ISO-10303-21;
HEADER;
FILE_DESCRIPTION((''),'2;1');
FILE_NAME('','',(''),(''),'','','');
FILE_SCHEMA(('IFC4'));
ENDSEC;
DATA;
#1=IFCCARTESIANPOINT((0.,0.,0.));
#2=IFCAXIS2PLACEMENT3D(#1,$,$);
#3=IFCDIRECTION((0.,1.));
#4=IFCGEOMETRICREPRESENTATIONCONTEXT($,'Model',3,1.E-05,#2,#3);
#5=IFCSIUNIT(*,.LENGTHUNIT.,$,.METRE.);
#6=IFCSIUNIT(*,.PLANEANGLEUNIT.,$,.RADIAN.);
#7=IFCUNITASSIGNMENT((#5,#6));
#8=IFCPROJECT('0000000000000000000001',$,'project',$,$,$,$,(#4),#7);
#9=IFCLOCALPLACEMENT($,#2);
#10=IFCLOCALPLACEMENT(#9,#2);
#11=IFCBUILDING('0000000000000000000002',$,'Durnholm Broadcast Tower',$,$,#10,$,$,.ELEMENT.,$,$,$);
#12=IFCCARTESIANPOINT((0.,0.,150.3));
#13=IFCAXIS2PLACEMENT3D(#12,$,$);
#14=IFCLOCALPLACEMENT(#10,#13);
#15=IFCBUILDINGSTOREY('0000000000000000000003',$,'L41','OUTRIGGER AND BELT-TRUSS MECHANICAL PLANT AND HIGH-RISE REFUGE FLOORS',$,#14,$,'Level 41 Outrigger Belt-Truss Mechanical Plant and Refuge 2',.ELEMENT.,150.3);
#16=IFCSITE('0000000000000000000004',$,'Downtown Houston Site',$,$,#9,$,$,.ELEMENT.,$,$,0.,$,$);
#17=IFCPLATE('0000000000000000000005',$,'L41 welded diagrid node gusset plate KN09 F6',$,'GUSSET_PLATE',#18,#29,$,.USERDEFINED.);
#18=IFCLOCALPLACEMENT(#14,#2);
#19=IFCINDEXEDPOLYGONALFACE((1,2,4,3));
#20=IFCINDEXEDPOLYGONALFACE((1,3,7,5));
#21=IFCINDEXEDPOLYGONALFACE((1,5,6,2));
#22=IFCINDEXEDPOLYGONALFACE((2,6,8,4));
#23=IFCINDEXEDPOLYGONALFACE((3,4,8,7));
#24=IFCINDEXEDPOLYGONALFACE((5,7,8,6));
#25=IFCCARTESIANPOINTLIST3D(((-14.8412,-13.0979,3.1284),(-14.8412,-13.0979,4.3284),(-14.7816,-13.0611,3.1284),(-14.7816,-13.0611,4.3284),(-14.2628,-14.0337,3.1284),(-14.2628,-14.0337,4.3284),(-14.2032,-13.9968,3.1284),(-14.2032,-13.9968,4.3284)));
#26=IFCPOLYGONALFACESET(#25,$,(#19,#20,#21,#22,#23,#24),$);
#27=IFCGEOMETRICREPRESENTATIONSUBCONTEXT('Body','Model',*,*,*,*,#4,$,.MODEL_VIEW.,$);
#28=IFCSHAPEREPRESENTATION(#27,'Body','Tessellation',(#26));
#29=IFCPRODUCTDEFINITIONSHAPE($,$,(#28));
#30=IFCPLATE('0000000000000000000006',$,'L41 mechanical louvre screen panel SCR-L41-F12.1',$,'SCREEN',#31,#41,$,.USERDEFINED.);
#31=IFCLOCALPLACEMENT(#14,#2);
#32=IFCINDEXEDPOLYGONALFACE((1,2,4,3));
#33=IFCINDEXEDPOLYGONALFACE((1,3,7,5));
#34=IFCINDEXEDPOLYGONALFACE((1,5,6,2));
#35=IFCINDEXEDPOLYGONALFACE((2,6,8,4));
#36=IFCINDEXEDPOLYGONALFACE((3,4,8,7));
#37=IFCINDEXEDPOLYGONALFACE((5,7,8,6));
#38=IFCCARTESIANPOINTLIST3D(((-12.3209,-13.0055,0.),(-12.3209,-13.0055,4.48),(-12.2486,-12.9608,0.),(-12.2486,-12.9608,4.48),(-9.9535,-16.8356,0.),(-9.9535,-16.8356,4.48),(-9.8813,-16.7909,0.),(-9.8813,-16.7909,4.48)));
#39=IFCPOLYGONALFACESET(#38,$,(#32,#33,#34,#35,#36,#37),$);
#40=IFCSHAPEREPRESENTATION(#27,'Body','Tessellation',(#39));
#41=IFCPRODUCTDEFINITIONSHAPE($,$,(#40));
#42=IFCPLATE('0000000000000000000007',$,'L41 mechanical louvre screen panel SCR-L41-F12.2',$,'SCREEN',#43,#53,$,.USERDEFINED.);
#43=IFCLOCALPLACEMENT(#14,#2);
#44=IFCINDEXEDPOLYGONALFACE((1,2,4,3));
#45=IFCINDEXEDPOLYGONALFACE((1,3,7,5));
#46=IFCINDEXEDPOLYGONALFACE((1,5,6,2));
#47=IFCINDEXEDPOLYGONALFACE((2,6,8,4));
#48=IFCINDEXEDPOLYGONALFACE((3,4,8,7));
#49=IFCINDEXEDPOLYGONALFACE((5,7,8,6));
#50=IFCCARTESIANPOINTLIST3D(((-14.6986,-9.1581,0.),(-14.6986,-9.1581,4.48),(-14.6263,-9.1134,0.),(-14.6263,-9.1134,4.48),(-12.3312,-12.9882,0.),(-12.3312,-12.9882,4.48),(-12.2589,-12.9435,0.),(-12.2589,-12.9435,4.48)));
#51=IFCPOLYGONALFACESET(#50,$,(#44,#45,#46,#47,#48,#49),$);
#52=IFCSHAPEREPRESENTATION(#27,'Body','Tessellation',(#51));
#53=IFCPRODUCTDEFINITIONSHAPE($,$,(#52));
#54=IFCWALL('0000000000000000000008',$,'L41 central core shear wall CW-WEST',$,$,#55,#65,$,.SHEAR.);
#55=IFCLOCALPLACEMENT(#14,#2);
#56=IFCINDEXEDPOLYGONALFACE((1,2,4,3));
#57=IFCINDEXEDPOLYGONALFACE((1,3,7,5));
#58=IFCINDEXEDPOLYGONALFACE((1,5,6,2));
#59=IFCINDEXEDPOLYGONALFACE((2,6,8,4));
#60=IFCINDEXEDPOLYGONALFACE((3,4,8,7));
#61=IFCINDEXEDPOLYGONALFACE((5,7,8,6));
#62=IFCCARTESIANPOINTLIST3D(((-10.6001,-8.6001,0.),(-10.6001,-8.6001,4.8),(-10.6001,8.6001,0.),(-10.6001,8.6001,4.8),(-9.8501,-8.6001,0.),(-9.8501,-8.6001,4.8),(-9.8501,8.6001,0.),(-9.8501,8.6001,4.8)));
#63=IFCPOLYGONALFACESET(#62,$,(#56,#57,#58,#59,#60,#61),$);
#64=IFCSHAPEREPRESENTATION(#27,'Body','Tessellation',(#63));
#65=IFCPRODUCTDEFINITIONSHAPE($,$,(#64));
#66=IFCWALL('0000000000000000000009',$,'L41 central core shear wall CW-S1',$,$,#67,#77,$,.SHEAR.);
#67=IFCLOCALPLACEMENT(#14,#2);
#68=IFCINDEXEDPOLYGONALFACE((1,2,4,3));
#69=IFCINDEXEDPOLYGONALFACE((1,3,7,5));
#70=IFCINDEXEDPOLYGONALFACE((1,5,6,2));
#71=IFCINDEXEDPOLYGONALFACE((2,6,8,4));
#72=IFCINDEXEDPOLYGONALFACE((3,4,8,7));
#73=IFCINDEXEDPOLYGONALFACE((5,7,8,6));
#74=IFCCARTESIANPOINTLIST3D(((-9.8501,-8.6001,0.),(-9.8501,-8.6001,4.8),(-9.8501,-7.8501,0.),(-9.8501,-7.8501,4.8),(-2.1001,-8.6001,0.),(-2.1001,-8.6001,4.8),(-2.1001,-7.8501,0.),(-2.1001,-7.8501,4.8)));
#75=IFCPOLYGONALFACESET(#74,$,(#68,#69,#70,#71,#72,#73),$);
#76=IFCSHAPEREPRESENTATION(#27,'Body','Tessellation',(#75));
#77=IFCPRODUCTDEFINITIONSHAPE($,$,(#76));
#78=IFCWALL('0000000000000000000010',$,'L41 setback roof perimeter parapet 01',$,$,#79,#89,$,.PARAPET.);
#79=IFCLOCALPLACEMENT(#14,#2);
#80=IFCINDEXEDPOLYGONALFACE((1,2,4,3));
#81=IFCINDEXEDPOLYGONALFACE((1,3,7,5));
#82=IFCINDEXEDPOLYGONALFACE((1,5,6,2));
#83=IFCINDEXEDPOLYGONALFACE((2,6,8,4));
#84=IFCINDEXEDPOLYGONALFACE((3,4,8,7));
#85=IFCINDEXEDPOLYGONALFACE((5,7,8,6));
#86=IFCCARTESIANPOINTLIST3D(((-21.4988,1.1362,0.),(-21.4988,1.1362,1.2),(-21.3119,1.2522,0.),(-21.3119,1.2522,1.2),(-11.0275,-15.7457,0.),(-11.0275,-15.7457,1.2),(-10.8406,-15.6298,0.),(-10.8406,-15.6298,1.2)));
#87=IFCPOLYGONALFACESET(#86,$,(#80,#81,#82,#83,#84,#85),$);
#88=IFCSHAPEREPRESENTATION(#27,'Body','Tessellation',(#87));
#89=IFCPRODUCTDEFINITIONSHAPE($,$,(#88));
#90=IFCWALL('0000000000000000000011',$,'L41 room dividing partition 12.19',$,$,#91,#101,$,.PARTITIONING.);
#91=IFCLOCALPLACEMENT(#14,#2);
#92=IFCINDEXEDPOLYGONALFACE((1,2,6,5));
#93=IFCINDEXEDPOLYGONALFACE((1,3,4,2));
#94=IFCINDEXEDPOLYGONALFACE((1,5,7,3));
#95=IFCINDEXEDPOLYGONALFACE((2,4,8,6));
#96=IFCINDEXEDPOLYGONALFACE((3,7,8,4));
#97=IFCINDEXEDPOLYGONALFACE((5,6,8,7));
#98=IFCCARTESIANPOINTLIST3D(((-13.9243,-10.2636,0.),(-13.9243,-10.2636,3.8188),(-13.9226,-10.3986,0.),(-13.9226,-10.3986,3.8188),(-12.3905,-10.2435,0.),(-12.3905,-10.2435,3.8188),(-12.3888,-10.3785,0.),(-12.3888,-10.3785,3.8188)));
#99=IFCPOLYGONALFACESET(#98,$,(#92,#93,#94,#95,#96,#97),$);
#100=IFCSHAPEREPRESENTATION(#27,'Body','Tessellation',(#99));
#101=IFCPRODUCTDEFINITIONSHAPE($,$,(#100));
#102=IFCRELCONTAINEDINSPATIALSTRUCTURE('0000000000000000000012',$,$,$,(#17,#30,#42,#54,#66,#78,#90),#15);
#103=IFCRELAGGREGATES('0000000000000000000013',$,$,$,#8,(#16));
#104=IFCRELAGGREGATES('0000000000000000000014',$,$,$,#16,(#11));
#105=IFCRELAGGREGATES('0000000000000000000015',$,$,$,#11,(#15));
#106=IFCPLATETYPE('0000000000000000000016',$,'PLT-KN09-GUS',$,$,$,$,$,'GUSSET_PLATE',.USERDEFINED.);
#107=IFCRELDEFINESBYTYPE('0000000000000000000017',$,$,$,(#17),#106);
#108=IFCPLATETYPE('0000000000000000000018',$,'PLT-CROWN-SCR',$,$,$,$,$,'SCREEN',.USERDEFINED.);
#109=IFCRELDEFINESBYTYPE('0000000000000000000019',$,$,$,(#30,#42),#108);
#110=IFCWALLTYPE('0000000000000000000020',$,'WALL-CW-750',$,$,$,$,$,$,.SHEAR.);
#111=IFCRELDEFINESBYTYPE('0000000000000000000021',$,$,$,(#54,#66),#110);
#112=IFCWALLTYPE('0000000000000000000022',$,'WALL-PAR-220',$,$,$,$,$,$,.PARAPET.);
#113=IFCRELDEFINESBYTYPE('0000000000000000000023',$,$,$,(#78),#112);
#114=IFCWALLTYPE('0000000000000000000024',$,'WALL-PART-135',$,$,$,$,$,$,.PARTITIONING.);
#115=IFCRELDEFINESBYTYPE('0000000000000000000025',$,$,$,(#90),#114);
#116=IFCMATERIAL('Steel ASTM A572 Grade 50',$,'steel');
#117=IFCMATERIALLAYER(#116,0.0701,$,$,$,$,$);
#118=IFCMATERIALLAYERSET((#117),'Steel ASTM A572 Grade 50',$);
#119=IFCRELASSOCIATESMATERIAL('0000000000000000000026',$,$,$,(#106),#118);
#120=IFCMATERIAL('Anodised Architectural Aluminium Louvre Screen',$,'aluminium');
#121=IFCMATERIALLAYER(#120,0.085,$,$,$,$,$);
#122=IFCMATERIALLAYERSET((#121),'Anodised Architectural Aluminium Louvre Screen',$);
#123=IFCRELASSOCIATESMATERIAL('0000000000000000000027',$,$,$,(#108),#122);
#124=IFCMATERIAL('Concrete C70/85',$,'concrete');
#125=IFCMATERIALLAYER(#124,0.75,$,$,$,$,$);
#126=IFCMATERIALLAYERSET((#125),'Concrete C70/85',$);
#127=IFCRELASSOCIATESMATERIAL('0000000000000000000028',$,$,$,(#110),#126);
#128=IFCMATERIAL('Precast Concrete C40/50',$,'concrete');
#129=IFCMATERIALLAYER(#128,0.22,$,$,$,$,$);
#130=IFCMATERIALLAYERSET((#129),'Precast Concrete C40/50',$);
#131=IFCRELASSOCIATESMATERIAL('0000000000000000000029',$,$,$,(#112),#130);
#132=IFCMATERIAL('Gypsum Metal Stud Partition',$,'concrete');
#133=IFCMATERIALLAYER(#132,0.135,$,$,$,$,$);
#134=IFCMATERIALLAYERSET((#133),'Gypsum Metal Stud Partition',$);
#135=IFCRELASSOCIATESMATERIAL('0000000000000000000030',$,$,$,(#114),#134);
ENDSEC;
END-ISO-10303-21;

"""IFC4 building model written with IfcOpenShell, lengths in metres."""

from ifc_helpers import new_model, si_unit, direction, frame, frame_2d, origin, origin_2d, place, context, subcontext, project, spatial, rectangle, extrude, source, transform, mapped, material, layer, layer_set, type_object, type_shapes, element, save


model = new_model("IFC4")

# Units and contexts
model_context = context("Model", 3, precision=1e-05, world=origin(), true_north=direction((0.0, 1.0)))
body_context = subcontext(model_context, "Body", "Model", "MODEL_VIEW")
ifc_project = project(units=[si_unit("LENGTHUNIT", "METRE"), si_unit("PLANEANGLEUNIT", "RADIAN")], contexts=[model_context])

# Site, building, storey
site_placement = place(None, origin())
site = spatial("IfcSite", under=ifc_project, at=site_placement, Name="Downtown Houston Site", CompositionType="ELEMENT", RefElevation=0.0)
building_placement = place(site_placement, origin())
building = spatial("IfcBuilding", under=site, at=building_placement, Name="Durnholm Broadcast Tower", CompositionType="ELEMENT")
storey_placement = place(building_placement, frame((0.0, 0.0, 150.3)))
storey = spatial("IfcBuildingStorey", under=building, at=storey_placement, Name="L41", Description="OUTRIGGER AND BELT-TRUSS MECHANICAL PLANT AND HIGH-RISE REFUGE FLOORS", LongName="Level 41 Outrigger Belt-Truss Mechanical Plant and Refuge 2", CompositionType="ELEMENT", Elevation=150.3)

# Shared definitions
ifc_material_1 = material(Name="Concrete C70/85", Category="concrete")

# Plates
ifc_material_2 = material(Name="Steel ASTM A572 Grade 50", Category="steel")
ifc_layer_1 = layer(ifc_material_2, 0.0701)
ifc_layer_set_1 = layer_set([ifc_layer_1], Name="Steel ASTM A572 Grade 50")
plate_type_1 = type_object("IfcPlateType", Name="PLT-KN09-GUS", ElementType="GUSSET_PLATE", PredefinedType="USERDEFINED", material=ifc_layer_set_1)
shared_shape_1 = source(origin(), body_context, "Body", "SweptSolid", [
    extrude(rectangle(XDim=1.1001, YDim=0.0701, at=origin_2d()), origin(), (0.0, 0.0, 1.0), 1.2),
])
type_shapes(plate_type_1, [shared_shape_1])
plate_1_placement = place(storey_placement, frame((-14.5222, -13.5474, 3.1284), z_axis=(0.0, 0.0, 1.0), x_axis=(0.525769, -0.850628, 0.0)))
element("IfcPlate", 1, at=plate_1_placement, inside=storey, type_object=plate_type_1, Name="L41 welded diagrid node gusset plate KN09 F6", ObjectType="GUSSET_PLATE", PredefinedType="USERDEFINED", context=body_context, shape_type="MappedRepresentation", body=[
    mapped(shared_shape_1, transform((0.0, 0.0, 0.0), x_axis=(1.0, 0.0, 0.0), y_axis=(0.0, 1.0, 0.0), z_axis=(0.0, 0.0, 1.0), scale=1.0)),
])
ifc_material_3 = material(Name="Anodised Architectural Aluminium Louvre Screen", Category="aluminium")
ifc_layer_2 = layer(ifc_material_3, 0.085)
ifc_layer_set_2 = layer_set([ifc_layer_2], Name="Anodised Architectural Aluminium Louvre Screen")
plate_type_2 = type_object("IfcPlateType", Name="PLT-CROWN-SCR", ElementType="SCREEN", PredefinedType="USERDEFINED", material=ifc_layer_set_2)
shared_shape_2 = source(origin(), body_context, "Body", "SweptSolid", [
    extrude(rectangle(XDim=4.5027, YDim=0.085, at=origin_2d()), origin(), (0.0, 0.0, 1.0), 4.48),
])
type_shapes(plate_type_2, [shared_shape_2])
for number, where, z_axis, x_axis, name in (
    (2, (-11.1011, -14.8982, 0.0), (0.0, 0.0, 1.0), (-0.525769, 0.850628, 0.0), "L41 mechanical louvre screen panel SCR-L41-F12.1"),
    (3, (-13.4788, -11.0508, 0.0), (0.0, 0.0, 1.0), (-0.525769, 0.850628, 0.0), "L41 mechanical louvre screen panel SCR-L41-F12.2"),
):
    element("IfcPlate", number, at=place(storey_placement, frame(where, z_axis=z_axis, x_axis=x_axis)), inside=storey, type_object=plate_type_2, Name=name, ObjectType="SCREEN", PredefinedType="USERDEFINED", context=body_context, shape_type="MappedRepresentation", body=[
        mapped(shared_shape_2, transform((0.0, 0.0, 0.0), x_axis=(1.0, 0.0, 0.0), y_axis=(0.0, 1.0, 0.0), z_axis=(0.0, 0.0, 1.0), scale=1.0)),
    ])

# Walls
ifc_layer_3 = layer(ifc_material_1, 0.75)
ifc_layer_set_3 = layer_set([ifc_layer_3], Name="Concrete C70/85")
wall_type_1 = type_object("IfcWallType", Name="WALL-CW-750", PredefinedType="SHEAR", material=ifc_layer_set_3)
wall_1_placement = place(storey_placement, frame((-10.2251, -8.6001, 0.0), z_axis=(0.0, 0.0, 1.0), x_axis=(0.0, 1.0, 0.0)))
element("IfcWall", 4, at=wall_1_placement, inside=storey, type_object=wall_type_1, Name="L41 central core shear wall CW-WEST", PredefinedType="SHEAR", context=body_context, shape_type="SweptSolid", body=[
    extrude(rectangle(XDim=17.2002, YDim=0.75, at=frame_2d((8.6001, 0.0))), origin(), (0.0, 0.0, 1.0), 4.8),
])
wall_2_placement = place(storey_placement, frame((-9.8501, -8.2251, 0.0), z_axis=(0.0, 0.0, 1.0), x_axis=(1.0, 0.0, 0.0)))
element("IfcWall", 5, at=wall_2_placement, inside=storey, type_object=wall_type_1, Name="L41 central core shear wall CW-S1", PredefinedType="SHEAR", context=body_context, shape_type="SweptSolid", body=[
    extrude(rectangle(XDim=7.75, YDim=0.75, at=frame_2d((3.875, 0.0))), origin(), (0.0, 0.0, 1.0), 4.8),
])

# Walls
ifc_material_4 = material(Name="Precast Concrete C40/50", Category="concrete")
ifc_layer_4 = layer(ifc_material_4, 0.22)
ifc_layer_set_4 = layer_set([ifc_layer_4], Name="Precast Concrete C40/50")
wall_type_2 = type_object("IfcWallType", Name="WALL-PAR-220", PredefinedType="PARAPET", material=ifc_layer_set_4)
wall_3_placement = place(storey_placement, frame((-10.9341, -15.6877, 0.0), z_axis=(0.0, 0.0, 1.0), x_axis=(-0.527102, 0.849802, 0.0)))
element("IfcWall", 6, at=wall_3_placement, inside=storey, type_object=wall_type_2, Name="L41 setback roof perimeter parapet 01", PredefinedType="PARAPET", context=body_context, shape_type="SweptSolid", body=[
    extrude(rectangle(XDim=19.8657, YDim=0.22, at=frame_2d((9.9329, 0.0))), origin(), (0.0, 0.0, 1.0), 1.2),
])
ifc_material_5 = material(Name="Gypsum Metal Stud Partition", Category="concrete")
ifc_layer_5 = layer(ifc_material_5, 0.135)
ifc_layer_set_5 = layer_set([ifc_layer_5], Name="Gypsum Metal Stud Partition")
wall_type_3 = type_object("IfcWallType", Name="WALL-PART-135", PredefinedType="PARTITIONING", material=ifc_layer_set_5)
wall_4_placement = place(storey_placement, frame((-13.9236, -10.3311, 0.0), z_axis=(0.0, 0.0, 1.0), x_axis=(0.999915, 0.013052, 0.0)))
element("IfcWall", 7, at=wall_4_placement, inside=storey, type_object=wall_type_3, Name="L41 room dividing partition 12.19", PredefinedType="PARTITIONING", context=body_context, shape_type="SweptSolid", body=[
    extrude(rectangle(XDim=1.5339, YDim=0.135, at=frame_2d((0.7671, 0.0))), origin(), (0.0, 0.0, 1.0), 3.8188),
])

save(model, "model.ifc")
